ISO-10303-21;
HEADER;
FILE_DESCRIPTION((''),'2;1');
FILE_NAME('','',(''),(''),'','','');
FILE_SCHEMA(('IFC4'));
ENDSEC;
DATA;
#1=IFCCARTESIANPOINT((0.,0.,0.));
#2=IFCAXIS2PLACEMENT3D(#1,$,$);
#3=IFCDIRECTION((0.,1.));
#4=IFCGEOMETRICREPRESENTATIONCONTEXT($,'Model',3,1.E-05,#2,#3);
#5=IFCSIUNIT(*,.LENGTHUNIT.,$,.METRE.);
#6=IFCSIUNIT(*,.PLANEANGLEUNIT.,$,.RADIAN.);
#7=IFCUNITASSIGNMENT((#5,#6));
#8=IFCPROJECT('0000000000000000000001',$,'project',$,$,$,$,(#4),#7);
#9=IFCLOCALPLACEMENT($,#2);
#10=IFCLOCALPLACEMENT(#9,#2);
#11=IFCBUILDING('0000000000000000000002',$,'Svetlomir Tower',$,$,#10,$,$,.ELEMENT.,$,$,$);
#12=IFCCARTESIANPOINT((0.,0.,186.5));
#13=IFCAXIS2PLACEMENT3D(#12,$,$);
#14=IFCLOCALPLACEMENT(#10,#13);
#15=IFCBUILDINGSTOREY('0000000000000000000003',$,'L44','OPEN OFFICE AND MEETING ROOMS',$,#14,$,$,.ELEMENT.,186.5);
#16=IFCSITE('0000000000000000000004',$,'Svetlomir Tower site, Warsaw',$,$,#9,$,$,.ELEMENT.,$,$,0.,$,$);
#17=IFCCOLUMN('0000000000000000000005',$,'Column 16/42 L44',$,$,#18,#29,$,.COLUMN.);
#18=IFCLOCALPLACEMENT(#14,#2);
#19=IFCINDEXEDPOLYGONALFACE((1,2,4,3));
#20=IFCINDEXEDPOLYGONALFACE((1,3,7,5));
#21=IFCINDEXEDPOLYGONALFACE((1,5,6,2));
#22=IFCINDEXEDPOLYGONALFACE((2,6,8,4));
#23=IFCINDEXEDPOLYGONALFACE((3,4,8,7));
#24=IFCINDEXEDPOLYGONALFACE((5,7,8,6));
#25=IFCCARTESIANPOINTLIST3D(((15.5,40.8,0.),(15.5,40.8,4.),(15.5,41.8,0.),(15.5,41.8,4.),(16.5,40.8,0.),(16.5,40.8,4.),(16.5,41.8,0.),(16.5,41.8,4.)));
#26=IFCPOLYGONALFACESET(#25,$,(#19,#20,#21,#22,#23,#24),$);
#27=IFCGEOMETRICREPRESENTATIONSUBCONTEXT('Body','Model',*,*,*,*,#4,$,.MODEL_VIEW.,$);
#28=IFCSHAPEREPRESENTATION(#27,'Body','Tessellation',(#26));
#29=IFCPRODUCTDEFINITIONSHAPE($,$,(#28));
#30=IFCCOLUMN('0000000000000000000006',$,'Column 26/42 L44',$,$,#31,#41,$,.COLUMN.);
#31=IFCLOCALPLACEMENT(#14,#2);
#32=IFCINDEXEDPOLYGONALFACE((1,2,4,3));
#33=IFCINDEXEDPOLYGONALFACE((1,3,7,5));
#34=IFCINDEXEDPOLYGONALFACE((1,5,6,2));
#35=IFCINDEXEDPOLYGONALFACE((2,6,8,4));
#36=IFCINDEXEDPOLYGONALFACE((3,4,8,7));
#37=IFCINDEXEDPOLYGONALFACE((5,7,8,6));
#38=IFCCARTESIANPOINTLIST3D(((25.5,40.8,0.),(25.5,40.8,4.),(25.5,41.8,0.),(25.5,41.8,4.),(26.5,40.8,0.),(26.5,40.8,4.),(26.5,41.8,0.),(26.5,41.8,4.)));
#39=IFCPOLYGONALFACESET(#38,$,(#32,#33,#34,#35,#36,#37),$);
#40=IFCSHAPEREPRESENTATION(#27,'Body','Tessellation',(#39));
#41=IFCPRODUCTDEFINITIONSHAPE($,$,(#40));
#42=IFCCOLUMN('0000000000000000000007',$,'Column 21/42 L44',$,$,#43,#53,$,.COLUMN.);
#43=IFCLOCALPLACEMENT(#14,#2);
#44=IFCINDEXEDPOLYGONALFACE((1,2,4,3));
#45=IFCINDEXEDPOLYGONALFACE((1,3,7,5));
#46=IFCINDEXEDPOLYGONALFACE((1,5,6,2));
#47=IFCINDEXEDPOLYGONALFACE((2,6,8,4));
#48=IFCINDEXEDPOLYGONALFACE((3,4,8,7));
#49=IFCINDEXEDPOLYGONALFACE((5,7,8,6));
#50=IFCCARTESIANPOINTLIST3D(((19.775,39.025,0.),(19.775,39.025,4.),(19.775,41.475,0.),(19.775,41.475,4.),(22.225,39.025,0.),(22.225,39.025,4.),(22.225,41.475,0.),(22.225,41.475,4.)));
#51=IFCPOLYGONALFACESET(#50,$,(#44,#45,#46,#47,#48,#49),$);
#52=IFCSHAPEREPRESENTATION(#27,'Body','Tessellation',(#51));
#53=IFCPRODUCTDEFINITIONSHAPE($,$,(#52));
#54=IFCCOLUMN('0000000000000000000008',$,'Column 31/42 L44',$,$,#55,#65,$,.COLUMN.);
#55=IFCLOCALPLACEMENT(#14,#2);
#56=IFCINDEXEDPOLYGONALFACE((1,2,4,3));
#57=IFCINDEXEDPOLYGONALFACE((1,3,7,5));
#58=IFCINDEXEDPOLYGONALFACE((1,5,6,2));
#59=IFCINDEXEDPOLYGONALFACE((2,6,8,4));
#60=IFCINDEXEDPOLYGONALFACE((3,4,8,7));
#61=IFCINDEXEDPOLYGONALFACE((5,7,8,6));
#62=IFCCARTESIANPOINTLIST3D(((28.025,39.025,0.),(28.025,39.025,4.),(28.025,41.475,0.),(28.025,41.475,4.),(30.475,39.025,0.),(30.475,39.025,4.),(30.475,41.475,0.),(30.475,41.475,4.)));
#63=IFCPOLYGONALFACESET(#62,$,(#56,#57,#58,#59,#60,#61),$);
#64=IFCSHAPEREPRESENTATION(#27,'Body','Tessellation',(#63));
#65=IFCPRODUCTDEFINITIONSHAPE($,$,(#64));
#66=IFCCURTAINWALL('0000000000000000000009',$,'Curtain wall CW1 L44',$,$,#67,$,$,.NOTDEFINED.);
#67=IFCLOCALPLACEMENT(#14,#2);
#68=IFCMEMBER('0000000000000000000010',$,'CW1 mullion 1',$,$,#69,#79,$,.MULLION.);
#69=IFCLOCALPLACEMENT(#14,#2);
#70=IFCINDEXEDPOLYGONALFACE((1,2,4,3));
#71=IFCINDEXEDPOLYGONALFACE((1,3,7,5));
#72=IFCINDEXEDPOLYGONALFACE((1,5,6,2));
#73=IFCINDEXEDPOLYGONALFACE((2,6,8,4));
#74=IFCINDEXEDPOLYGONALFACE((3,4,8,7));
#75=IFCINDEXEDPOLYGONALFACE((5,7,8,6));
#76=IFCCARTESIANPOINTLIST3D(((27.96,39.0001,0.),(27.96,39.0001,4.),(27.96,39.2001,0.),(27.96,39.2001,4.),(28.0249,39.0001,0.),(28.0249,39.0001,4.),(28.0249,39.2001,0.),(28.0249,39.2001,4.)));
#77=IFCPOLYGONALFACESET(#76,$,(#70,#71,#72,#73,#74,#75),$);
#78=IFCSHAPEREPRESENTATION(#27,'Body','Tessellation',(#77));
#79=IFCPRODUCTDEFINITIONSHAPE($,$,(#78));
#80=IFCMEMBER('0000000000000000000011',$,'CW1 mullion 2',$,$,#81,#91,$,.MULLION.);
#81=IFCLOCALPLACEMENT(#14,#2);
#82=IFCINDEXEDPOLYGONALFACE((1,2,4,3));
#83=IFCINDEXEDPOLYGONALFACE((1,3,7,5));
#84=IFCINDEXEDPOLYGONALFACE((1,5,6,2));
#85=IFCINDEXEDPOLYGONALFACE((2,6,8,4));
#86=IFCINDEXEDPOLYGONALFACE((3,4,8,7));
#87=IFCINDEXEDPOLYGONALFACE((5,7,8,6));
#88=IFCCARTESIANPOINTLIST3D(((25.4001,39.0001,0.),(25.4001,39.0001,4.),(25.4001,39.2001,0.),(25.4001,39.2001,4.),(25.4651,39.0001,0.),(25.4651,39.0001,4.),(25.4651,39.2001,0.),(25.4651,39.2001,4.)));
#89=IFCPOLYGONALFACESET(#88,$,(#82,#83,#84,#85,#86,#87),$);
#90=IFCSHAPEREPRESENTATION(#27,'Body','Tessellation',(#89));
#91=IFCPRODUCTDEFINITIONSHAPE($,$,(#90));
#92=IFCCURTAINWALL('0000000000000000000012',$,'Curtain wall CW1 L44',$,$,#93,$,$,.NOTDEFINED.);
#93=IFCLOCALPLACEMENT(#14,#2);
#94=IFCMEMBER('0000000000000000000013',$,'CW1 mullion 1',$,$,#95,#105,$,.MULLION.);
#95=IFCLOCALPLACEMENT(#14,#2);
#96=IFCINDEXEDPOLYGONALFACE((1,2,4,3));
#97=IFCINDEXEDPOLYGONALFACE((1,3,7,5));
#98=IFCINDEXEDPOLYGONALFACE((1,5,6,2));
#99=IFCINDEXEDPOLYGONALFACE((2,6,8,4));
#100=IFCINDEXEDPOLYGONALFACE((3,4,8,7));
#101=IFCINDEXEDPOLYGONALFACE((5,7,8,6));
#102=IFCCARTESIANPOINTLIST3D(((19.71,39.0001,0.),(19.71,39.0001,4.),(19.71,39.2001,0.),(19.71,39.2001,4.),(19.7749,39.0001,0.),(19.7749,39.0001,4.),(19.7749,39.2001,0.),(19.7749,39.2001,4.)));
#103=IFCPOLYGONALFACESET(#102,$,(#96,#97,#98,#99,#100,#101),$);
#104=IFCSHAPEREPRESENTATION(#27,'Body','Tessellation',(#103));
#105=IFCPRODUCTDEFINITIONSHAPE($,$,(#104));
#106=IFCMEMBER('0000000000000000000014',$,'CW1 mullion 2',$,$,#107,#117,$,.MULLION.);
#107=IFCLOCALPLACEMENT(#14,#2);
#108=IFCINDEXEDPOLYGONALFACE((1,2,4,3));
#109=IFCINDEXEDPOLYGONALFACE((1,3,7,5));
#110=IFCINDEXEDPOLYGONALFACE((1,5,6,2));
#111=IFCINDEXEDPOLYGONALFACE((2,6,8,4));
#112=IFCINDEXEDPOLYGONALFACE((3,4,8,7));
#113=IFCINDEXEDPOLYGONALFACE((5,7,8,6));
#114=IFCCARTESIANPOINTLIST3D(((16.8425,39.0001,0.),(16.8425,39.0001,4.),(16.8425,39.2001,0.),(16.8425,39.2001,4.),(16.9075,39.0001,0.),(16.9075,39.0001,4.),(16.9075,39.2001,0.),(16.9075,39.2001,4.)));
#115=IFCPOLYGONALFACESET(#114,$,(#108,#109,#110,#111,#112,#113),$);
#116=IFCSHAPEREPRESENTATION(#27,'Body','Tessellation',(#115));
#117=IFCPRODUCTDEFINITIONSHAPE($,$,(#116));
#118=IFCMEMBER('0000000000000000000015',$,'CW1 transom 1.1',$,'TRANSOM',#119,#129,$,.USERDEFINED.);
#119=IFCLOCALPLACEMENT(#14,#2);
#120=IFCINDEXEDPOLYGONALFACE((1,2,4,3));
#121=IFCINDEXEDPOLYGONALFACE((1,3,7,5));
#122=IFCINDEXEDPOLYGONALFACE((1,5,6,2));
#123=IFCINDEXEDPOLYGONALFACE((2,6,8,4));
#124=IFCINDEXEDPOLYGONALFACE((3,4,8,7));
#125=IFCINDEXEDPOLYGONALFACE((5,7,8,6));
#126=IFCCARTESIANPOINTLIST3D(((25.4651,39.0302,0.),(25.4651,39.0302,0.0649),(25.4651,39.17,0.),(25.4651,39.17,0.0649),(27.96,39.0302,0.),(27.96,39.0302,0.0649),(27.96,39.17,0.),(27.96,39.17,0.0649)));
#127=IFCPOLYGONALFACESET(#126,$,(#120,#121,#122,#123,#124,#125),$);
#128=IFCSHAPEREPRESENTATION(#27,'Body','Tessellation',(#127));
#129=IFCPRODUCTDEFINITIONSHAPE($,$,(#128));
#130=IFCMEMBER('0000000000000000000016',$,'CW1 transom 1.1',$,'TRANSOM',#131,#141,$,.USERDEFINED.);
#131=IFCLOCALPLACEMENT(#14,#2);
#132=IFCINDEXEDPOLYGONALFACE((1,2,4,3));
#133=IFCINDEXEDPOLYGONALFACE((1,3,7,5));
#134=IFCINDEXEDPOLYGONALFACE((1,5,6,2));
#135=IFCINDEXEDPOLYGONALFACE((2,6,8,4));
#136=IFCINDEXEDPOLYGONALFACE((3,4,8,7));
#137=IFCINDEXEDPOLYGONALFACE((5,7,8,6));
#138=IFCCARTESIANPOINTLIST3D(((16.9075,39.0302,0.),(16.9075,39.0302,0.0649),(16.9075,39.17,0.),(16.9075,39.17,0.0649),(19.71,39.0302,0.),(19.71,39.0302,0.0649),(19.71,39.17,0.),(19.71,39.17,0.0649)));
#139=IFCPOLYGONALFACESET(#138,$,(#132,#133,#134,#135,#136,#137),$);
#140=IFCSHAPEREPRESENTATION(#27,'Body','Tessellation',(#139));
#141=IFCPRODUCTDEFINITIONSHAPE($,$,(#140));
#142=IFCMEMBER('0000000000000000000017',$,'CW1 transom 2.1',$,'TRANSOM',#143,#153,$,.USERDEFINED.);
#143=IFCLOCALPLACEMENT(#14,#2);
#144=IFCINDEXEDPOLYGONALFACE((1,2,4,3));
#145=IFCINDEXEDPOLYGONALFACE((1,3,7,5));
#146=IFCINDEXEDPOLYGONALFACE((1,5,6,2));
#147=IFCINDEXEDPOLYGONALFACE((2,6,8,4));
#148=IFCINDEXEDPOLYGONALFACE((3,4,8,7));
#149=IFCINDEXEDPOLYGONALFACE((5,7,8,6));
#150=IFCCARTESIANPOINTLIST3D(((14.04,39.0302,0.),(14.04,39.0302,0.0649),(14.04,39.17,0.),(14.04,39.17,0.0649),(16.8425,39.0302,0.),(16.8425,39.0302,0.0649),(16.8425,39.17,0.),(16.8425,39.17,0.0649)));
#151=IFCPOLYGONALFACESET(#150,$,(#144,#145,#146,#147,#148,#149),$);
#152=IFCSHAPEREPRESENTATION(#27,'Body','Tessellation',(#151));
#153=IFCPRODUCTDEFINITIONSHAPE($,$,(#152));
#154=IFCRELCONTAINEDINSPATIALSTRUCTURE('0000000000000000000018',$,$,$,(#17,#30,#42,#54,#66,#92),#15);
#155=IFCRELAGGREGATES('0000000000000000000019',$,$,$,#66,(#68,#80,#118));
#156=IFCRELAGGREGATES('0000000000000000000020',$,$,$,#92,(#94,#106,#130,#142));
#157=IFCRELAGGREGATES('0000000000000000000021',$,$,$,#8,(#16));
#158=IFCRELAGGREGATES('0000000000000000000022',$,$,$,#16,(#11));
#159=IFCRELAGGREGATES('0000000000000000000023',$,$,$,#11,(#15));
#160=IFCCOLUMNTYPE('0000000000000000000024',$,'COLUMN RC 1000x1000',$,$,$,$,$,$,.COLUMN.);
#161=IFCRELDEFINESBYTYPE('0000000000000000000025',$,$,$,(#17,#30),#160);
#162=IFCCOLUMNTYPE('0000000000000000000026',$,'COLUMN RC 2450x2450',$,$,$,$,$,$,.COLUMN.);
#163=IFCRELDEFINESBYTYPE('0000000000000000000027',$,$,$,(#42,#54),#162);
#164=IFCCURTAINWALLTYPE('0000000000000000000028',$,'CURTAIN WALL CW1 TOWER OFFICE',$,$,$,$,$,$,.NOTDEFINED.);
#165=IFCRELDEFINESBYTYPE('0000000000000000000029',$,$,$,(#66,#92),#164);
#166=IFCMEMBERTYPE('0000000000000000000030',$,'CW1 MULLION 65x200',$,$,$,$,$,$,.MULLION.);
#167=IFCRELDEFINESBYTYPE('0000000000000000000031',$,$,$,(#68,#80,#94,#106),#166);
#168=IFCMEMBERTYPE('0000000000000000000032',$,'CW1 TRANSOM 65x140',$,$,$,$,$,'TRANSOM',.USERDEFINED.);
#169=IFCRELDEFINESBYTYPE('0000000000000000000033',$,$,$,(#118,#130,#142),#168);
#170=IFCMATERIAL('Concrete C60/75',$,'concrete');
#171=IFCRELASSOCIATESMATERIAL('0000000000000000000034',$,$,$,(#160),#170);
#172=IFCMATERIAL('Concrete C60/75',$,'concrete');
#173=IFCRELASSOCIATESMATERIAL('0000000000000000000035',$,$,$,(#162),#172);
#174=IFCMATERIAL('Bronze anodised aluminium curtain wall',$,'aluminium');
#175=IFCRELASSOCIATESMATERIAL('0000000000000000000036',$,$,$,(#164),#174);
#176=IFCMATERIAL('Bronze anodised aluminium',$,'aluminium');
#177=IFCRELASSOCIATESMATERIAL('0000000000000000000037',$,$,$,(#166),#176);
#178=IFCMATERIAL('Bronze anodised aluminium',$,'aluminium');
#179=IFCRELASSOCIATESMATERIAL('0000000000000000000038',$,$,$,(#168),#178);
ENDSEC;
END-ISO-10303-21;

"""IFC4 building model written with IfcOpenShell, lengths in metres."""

from ifc_helpers import new_model, si_unit, direction, frame, origin, origin_2d, place, context, subcontext, project, spatial, rectangle, extrude, material, material_profile, profile_set, type_object, element, aggregate, save


model = new_model("IFC4")

# Units and contexts
model_context = context("Model", 3, precision=1e-05, world=origin(), true_north=direction((0.0, 1.0)))
body_context = subcontext(model_context, "Body", "Model", "MODEL_VIEW")
ifc_project = project(units=[si_unit("LENGTHUNIT", "METRE"), si_unit("PLANEANGLEUNIT", "RADIAN")], contexts=[model_context])

# Site, building, storey
site_placement = place(None, origin())
site = spatial("IfcSite", under=ifc_project, at=site_placement, Name="Svetlomir Tower site, Warsaw", CompositionType="ELEMENT", RefElevation=0.0)
building_placement = place(site_placement, origin())
building = spatial("IfcBuilding", under=site, at=building_placement, Name="Svetlomir Tower", CompositionType="ELEMENT")
storey_placement = place(building_placement, frame((0.0, 0.0, 186.5)))
storey = spatial("IfcBuildingStorey", under=building, at=storey_placement, Name="L44", Description="OPEN OFFICE AND MEETING ROOMS", CompositionType="ELEMENT", Elevation=186.5)

# Columns
ifc_material_1 = material(Name="Concrete C60/75", Category="concrete")
ifc_material_profile_1 = material_profile(ifc_material_1, rectangle(XDim=1.0, YDim=1.0, at=origin_2d()), Name="RC 1000x1000")
ifc_profile_set_1 = profile_set([ifc_material_profile_1], Name="Concrete C60/75")
column_type_1 = type_object("IfcColumnType", Name="COLUMN RC 1000x1000", PredefinedType="COLUMN", material=ifc_profile_set_1)
for number, where, z_axis, x_axis, name in (
    (1, (16.0, 41.3, 0.0), (0.0, 0.0, 1.0), (1.0, 0.0, 0.0), "Column 16/42 L44"),
    (2, (26.0, 41.3, 0.0), (0.0, 0.0, 1.0), (1.0, 0.0, 0.0), "Column 26/42 L44"),
):
    element("IfcColumn", number, at=place(storey_placement, frame(where, z_axis=z_axis, x_axis=x_axis)), inside=storey, type_object=column_type_1, Name=name, PredefinedType="COLUMN", context=body_context, shape_type="SweptSolid", body=[
        extrude(rectangle(XDim=1.0, YDim=1.0, at=origin_2d()), origin(), (0.0, 0.0, 1.0), 4.0),
    ])
ifc_material_2 = material(Name="Concrete C60/75", Category="concrete")
ifc_material_profile_2 = material_profile(ifc_material_2, rectangle(XDim=2.45, YDim=2.45, at=origin_2d()), Name="RC 2450x2450")
ifc_profile_set_2 = profile_set([ifc_material_profile_2], Name="Concrete C60/75")
column_type_2 = type_object("IfcColumnType", Name="COLUMN RC 2450x2450", PredefinedType="COLUMN", material=ifc_profile_set_2)
for number, where, z_axis, x_axis, name in (
    (3, (21.0, 40.25, 0.0), (0.0, 0.0, 1.0), (1.0, 0.0, 0.0), "Column 21/42 L44"),
    (4, (29.25, 40.25, 0.0), (0.0, 0.0, 1.0), (1.0, 0.0, 0.0), "Column 31/42 L44"),
):
    element("IfcColumn", number, at=place(storey_placement, frame(where, z_axis=z_axis, x_axis=x_axis)), inside=storey, type_object=column_type_2, Name=name, PredefinedType="COLUMN", context=body_context, shape_type="SweptSolid", body=[
        extrude(rectangle(XDim=2.45, YDim=2.45, at=origin_2d()), origin(), (0.0, 0.0, 1.0), 4.0),
    ])

# Curtain walls, members
ifc_material_3 = material(Name="Bronze anodised aluminium curtain wall", Category="aluminium")
curtain_wall_type = type_object("IfcCurtainWallType", Name="CURTAIN WALL CW1 TOWER OFFICE", PredefinedType="NOTDEFINED", material=ifc_material_3)
curtain_wall_1_placement = place(storey_placement, origin())
curtain_wall_1 = element("IfcCurtainWall", 5, at=curtain_wall_1_placement, inside=storey, type_object=curtain_wall_type, Name="Curtain wall CW1 L44", PredefinedType="NOTDEFINED")
ifc_material_4 = material(Name="Bronze anodised aluminium", Category="aluminium")
ifc_material_profile_3 = material_profile(ifc_material_4, rectangle(XDim=0.0649, YDim=0.2, at=origin_2d()), Name="AL 65x200")
ifc_profile_set_3 = profile_set([ifc_material_profile_3], Name="Bronze anodised aluminium 6063-T6")
member_type_1 = type_object("IfcMemberType", Name="CW1 MULLION 65x200", PredefinedType="MULLION", material=ifc_profile_set_3)
member_1_placement = place(storey_placement, frame((27.9924, 39.1001, 0.0), z_axis=(0.0, 0.0, 1.0), x_axis=(-1.0, 0.0, 0.0)))
member_1 = element("IfcMember", 6, at=member_1_placement, type_object=member_type_1, Name="CW1 mullion 1", PredefinedType="MULLION", context=body_context, shape_type="SweptSolid", body=[
    extrude(rectangle(XDim=0.0649, YDim=0.2, at=origin_2d()), origin(), (0.0, 0.0, 1.0), 4.0),
])
member_2_placement = place(storey_placement, frame((25.4326, 39.1001, 0.0), z_axis=(0.0, 0.0, 1.0), x_axis=(-1.0, 0.0, 0.0)))
member_2 = element("IfcMember", 7, at=member_2_placement, type_object=member_type_1, Name="CW1 mullion 2", PredefinedType="MULLION", context=body_context, shape_type="SweptSolid", body=[
    extrude(rectangle(XDim=0.0649, YDim=0.2, at=origin_2d()), origin(), (0.0, 0.0, 1.0), 4.0),
])
curtain_wall_2_placement = place(storey_placement, origin())
curtain_wall_2 = element("IfcCurtainWall", 8, at=curtain_wall_2_placement, inside=storey, type_object=curtain_wall_type, Name="Curtain wall CW1 L44", PredefinedType="NOTDEFINED")
member_3_placement = place(storey_placement, frame((19.7424, 39.1001, 0.0), z_axis=(0.0, 0.0, 1.0), x_axis=(-1.0, 0.0, 0.0)))
member_3 = element("IfcMember", 9, at=member_3_placement, type_object=member_type_1, Name="CW1 mullion 1", PredefinedType="MULLION", context=body_context, shape_type="SweptSolid", body=[
    extrude(rectangle(XDim=0.0649, YDim=0.2, at=origin_2d()), origin(), (0.0, 0.0, 1.0), 4.0),
])
member_4_placement = place(storey_placement, frame((16.875, 39.1001, 0.0), z_axis=(0.0, 0.0, 1.0), x_axis=(-1.0, 0.0, 0.0)))
member_4 = element("IfcMember", 10, at=member_4_placement, type_object=member_type_1, Name="CW1 mullion 2", PredefinedType="MULLION", context=body_context, shape_type="SweptSolid", body=[
    extrude(rectangle(XDim=0.0649, YDim=0.2, at=origin_2d()), origin(), (0.0, 0.0, 1.0), 4.0),
])

# Members
ifc_material_5 = material(Name="Bronze anodised aluminium", Category="aluminium")
ifc_material_profile_4 = material_profile(ifc_material_5, rectangle(XDim=0.1399, YDim=0.0649, at=origin_2d()), Name="AL 140x65")
ifc_profile_set_4 = profile_set([ifc_material_profile_4], Name="Bronze anodised aluminium 6063-T6")
member_type_2 = type_object("IfcMemberType", Name="CW1 TRANSOM 65x140", ElementType="TRANSOM", PredefinedType="USERDEFINED", material=ifc_profile_set_4)
member_5_placement = place(storey_placement, frame((27.96, 39.1001, 0.0325), z_axis=(-1.0, 0.0, 0.0), x_axis=(0.0, -1.0, 0.0)))
member_5 = element("IfcMember", 11, at=member_5_placement, type_object=member_type_2, Name="CW1 transom 1.1", ObjectType="TRANSOM", PredefinedType="USERDEFINED", context=body_context, shape_type="SweptSolid", body=[
    extrude(rectangle(XDim=0.1399, YDim=0.0649, at=origin_2d()), origin(), (0.0, 0.0, 1.0), 2.4949),
])
member_6_placement = place(storey_placement, frame((19.71, 39.1001, 0.0325), z_axis=(-1.0, 0.0, 0.0), x_axis=(0.0, -1.0, 0.0)))
member_6 = element("IfcMember", 12, at=member_6_placement, type_object=member_type_2, Name="CW1 transom 1.1", ObjectType="TRANSOM", PredefinedType="USERDEFINED", context=body_context, shape_type="SweptSolid", body=[
    extrude(rectangle(XDim=0.1399, YDim=0.0649, at=origin_2d()), origin(), (0.0, 0.0, 1.0), 2.8025),
])
member_7_placement = place(storey_placement, frame((16.8425, 39.1001, 0.0325), z_axis=(-1.0, 0.0, 0.0), x_axis=(0.0, -1.0, 0.0)))
member_7 = element("IfcMember", 13, at=member_7_placement, type_object=member_type_2, Name="CW1 transom 2.1", ObjectType="TRANSOM", PredefinedType="USERDEFINED", context=body_context, shape_type="SweptSolid", body=[
    extrude(rectangle(XDim=0.1399, YDim=0.0649, at=origin_2d()), origin(), (0.0, 0.0, 1.0), 2.8025),
])

aggregate(curtain_wall_1, [member_1, member_2, member_5])
aggregate(curtain_wall_2, [member_3, member_4, member_6, member_7])

save(model, "model.ifc")
